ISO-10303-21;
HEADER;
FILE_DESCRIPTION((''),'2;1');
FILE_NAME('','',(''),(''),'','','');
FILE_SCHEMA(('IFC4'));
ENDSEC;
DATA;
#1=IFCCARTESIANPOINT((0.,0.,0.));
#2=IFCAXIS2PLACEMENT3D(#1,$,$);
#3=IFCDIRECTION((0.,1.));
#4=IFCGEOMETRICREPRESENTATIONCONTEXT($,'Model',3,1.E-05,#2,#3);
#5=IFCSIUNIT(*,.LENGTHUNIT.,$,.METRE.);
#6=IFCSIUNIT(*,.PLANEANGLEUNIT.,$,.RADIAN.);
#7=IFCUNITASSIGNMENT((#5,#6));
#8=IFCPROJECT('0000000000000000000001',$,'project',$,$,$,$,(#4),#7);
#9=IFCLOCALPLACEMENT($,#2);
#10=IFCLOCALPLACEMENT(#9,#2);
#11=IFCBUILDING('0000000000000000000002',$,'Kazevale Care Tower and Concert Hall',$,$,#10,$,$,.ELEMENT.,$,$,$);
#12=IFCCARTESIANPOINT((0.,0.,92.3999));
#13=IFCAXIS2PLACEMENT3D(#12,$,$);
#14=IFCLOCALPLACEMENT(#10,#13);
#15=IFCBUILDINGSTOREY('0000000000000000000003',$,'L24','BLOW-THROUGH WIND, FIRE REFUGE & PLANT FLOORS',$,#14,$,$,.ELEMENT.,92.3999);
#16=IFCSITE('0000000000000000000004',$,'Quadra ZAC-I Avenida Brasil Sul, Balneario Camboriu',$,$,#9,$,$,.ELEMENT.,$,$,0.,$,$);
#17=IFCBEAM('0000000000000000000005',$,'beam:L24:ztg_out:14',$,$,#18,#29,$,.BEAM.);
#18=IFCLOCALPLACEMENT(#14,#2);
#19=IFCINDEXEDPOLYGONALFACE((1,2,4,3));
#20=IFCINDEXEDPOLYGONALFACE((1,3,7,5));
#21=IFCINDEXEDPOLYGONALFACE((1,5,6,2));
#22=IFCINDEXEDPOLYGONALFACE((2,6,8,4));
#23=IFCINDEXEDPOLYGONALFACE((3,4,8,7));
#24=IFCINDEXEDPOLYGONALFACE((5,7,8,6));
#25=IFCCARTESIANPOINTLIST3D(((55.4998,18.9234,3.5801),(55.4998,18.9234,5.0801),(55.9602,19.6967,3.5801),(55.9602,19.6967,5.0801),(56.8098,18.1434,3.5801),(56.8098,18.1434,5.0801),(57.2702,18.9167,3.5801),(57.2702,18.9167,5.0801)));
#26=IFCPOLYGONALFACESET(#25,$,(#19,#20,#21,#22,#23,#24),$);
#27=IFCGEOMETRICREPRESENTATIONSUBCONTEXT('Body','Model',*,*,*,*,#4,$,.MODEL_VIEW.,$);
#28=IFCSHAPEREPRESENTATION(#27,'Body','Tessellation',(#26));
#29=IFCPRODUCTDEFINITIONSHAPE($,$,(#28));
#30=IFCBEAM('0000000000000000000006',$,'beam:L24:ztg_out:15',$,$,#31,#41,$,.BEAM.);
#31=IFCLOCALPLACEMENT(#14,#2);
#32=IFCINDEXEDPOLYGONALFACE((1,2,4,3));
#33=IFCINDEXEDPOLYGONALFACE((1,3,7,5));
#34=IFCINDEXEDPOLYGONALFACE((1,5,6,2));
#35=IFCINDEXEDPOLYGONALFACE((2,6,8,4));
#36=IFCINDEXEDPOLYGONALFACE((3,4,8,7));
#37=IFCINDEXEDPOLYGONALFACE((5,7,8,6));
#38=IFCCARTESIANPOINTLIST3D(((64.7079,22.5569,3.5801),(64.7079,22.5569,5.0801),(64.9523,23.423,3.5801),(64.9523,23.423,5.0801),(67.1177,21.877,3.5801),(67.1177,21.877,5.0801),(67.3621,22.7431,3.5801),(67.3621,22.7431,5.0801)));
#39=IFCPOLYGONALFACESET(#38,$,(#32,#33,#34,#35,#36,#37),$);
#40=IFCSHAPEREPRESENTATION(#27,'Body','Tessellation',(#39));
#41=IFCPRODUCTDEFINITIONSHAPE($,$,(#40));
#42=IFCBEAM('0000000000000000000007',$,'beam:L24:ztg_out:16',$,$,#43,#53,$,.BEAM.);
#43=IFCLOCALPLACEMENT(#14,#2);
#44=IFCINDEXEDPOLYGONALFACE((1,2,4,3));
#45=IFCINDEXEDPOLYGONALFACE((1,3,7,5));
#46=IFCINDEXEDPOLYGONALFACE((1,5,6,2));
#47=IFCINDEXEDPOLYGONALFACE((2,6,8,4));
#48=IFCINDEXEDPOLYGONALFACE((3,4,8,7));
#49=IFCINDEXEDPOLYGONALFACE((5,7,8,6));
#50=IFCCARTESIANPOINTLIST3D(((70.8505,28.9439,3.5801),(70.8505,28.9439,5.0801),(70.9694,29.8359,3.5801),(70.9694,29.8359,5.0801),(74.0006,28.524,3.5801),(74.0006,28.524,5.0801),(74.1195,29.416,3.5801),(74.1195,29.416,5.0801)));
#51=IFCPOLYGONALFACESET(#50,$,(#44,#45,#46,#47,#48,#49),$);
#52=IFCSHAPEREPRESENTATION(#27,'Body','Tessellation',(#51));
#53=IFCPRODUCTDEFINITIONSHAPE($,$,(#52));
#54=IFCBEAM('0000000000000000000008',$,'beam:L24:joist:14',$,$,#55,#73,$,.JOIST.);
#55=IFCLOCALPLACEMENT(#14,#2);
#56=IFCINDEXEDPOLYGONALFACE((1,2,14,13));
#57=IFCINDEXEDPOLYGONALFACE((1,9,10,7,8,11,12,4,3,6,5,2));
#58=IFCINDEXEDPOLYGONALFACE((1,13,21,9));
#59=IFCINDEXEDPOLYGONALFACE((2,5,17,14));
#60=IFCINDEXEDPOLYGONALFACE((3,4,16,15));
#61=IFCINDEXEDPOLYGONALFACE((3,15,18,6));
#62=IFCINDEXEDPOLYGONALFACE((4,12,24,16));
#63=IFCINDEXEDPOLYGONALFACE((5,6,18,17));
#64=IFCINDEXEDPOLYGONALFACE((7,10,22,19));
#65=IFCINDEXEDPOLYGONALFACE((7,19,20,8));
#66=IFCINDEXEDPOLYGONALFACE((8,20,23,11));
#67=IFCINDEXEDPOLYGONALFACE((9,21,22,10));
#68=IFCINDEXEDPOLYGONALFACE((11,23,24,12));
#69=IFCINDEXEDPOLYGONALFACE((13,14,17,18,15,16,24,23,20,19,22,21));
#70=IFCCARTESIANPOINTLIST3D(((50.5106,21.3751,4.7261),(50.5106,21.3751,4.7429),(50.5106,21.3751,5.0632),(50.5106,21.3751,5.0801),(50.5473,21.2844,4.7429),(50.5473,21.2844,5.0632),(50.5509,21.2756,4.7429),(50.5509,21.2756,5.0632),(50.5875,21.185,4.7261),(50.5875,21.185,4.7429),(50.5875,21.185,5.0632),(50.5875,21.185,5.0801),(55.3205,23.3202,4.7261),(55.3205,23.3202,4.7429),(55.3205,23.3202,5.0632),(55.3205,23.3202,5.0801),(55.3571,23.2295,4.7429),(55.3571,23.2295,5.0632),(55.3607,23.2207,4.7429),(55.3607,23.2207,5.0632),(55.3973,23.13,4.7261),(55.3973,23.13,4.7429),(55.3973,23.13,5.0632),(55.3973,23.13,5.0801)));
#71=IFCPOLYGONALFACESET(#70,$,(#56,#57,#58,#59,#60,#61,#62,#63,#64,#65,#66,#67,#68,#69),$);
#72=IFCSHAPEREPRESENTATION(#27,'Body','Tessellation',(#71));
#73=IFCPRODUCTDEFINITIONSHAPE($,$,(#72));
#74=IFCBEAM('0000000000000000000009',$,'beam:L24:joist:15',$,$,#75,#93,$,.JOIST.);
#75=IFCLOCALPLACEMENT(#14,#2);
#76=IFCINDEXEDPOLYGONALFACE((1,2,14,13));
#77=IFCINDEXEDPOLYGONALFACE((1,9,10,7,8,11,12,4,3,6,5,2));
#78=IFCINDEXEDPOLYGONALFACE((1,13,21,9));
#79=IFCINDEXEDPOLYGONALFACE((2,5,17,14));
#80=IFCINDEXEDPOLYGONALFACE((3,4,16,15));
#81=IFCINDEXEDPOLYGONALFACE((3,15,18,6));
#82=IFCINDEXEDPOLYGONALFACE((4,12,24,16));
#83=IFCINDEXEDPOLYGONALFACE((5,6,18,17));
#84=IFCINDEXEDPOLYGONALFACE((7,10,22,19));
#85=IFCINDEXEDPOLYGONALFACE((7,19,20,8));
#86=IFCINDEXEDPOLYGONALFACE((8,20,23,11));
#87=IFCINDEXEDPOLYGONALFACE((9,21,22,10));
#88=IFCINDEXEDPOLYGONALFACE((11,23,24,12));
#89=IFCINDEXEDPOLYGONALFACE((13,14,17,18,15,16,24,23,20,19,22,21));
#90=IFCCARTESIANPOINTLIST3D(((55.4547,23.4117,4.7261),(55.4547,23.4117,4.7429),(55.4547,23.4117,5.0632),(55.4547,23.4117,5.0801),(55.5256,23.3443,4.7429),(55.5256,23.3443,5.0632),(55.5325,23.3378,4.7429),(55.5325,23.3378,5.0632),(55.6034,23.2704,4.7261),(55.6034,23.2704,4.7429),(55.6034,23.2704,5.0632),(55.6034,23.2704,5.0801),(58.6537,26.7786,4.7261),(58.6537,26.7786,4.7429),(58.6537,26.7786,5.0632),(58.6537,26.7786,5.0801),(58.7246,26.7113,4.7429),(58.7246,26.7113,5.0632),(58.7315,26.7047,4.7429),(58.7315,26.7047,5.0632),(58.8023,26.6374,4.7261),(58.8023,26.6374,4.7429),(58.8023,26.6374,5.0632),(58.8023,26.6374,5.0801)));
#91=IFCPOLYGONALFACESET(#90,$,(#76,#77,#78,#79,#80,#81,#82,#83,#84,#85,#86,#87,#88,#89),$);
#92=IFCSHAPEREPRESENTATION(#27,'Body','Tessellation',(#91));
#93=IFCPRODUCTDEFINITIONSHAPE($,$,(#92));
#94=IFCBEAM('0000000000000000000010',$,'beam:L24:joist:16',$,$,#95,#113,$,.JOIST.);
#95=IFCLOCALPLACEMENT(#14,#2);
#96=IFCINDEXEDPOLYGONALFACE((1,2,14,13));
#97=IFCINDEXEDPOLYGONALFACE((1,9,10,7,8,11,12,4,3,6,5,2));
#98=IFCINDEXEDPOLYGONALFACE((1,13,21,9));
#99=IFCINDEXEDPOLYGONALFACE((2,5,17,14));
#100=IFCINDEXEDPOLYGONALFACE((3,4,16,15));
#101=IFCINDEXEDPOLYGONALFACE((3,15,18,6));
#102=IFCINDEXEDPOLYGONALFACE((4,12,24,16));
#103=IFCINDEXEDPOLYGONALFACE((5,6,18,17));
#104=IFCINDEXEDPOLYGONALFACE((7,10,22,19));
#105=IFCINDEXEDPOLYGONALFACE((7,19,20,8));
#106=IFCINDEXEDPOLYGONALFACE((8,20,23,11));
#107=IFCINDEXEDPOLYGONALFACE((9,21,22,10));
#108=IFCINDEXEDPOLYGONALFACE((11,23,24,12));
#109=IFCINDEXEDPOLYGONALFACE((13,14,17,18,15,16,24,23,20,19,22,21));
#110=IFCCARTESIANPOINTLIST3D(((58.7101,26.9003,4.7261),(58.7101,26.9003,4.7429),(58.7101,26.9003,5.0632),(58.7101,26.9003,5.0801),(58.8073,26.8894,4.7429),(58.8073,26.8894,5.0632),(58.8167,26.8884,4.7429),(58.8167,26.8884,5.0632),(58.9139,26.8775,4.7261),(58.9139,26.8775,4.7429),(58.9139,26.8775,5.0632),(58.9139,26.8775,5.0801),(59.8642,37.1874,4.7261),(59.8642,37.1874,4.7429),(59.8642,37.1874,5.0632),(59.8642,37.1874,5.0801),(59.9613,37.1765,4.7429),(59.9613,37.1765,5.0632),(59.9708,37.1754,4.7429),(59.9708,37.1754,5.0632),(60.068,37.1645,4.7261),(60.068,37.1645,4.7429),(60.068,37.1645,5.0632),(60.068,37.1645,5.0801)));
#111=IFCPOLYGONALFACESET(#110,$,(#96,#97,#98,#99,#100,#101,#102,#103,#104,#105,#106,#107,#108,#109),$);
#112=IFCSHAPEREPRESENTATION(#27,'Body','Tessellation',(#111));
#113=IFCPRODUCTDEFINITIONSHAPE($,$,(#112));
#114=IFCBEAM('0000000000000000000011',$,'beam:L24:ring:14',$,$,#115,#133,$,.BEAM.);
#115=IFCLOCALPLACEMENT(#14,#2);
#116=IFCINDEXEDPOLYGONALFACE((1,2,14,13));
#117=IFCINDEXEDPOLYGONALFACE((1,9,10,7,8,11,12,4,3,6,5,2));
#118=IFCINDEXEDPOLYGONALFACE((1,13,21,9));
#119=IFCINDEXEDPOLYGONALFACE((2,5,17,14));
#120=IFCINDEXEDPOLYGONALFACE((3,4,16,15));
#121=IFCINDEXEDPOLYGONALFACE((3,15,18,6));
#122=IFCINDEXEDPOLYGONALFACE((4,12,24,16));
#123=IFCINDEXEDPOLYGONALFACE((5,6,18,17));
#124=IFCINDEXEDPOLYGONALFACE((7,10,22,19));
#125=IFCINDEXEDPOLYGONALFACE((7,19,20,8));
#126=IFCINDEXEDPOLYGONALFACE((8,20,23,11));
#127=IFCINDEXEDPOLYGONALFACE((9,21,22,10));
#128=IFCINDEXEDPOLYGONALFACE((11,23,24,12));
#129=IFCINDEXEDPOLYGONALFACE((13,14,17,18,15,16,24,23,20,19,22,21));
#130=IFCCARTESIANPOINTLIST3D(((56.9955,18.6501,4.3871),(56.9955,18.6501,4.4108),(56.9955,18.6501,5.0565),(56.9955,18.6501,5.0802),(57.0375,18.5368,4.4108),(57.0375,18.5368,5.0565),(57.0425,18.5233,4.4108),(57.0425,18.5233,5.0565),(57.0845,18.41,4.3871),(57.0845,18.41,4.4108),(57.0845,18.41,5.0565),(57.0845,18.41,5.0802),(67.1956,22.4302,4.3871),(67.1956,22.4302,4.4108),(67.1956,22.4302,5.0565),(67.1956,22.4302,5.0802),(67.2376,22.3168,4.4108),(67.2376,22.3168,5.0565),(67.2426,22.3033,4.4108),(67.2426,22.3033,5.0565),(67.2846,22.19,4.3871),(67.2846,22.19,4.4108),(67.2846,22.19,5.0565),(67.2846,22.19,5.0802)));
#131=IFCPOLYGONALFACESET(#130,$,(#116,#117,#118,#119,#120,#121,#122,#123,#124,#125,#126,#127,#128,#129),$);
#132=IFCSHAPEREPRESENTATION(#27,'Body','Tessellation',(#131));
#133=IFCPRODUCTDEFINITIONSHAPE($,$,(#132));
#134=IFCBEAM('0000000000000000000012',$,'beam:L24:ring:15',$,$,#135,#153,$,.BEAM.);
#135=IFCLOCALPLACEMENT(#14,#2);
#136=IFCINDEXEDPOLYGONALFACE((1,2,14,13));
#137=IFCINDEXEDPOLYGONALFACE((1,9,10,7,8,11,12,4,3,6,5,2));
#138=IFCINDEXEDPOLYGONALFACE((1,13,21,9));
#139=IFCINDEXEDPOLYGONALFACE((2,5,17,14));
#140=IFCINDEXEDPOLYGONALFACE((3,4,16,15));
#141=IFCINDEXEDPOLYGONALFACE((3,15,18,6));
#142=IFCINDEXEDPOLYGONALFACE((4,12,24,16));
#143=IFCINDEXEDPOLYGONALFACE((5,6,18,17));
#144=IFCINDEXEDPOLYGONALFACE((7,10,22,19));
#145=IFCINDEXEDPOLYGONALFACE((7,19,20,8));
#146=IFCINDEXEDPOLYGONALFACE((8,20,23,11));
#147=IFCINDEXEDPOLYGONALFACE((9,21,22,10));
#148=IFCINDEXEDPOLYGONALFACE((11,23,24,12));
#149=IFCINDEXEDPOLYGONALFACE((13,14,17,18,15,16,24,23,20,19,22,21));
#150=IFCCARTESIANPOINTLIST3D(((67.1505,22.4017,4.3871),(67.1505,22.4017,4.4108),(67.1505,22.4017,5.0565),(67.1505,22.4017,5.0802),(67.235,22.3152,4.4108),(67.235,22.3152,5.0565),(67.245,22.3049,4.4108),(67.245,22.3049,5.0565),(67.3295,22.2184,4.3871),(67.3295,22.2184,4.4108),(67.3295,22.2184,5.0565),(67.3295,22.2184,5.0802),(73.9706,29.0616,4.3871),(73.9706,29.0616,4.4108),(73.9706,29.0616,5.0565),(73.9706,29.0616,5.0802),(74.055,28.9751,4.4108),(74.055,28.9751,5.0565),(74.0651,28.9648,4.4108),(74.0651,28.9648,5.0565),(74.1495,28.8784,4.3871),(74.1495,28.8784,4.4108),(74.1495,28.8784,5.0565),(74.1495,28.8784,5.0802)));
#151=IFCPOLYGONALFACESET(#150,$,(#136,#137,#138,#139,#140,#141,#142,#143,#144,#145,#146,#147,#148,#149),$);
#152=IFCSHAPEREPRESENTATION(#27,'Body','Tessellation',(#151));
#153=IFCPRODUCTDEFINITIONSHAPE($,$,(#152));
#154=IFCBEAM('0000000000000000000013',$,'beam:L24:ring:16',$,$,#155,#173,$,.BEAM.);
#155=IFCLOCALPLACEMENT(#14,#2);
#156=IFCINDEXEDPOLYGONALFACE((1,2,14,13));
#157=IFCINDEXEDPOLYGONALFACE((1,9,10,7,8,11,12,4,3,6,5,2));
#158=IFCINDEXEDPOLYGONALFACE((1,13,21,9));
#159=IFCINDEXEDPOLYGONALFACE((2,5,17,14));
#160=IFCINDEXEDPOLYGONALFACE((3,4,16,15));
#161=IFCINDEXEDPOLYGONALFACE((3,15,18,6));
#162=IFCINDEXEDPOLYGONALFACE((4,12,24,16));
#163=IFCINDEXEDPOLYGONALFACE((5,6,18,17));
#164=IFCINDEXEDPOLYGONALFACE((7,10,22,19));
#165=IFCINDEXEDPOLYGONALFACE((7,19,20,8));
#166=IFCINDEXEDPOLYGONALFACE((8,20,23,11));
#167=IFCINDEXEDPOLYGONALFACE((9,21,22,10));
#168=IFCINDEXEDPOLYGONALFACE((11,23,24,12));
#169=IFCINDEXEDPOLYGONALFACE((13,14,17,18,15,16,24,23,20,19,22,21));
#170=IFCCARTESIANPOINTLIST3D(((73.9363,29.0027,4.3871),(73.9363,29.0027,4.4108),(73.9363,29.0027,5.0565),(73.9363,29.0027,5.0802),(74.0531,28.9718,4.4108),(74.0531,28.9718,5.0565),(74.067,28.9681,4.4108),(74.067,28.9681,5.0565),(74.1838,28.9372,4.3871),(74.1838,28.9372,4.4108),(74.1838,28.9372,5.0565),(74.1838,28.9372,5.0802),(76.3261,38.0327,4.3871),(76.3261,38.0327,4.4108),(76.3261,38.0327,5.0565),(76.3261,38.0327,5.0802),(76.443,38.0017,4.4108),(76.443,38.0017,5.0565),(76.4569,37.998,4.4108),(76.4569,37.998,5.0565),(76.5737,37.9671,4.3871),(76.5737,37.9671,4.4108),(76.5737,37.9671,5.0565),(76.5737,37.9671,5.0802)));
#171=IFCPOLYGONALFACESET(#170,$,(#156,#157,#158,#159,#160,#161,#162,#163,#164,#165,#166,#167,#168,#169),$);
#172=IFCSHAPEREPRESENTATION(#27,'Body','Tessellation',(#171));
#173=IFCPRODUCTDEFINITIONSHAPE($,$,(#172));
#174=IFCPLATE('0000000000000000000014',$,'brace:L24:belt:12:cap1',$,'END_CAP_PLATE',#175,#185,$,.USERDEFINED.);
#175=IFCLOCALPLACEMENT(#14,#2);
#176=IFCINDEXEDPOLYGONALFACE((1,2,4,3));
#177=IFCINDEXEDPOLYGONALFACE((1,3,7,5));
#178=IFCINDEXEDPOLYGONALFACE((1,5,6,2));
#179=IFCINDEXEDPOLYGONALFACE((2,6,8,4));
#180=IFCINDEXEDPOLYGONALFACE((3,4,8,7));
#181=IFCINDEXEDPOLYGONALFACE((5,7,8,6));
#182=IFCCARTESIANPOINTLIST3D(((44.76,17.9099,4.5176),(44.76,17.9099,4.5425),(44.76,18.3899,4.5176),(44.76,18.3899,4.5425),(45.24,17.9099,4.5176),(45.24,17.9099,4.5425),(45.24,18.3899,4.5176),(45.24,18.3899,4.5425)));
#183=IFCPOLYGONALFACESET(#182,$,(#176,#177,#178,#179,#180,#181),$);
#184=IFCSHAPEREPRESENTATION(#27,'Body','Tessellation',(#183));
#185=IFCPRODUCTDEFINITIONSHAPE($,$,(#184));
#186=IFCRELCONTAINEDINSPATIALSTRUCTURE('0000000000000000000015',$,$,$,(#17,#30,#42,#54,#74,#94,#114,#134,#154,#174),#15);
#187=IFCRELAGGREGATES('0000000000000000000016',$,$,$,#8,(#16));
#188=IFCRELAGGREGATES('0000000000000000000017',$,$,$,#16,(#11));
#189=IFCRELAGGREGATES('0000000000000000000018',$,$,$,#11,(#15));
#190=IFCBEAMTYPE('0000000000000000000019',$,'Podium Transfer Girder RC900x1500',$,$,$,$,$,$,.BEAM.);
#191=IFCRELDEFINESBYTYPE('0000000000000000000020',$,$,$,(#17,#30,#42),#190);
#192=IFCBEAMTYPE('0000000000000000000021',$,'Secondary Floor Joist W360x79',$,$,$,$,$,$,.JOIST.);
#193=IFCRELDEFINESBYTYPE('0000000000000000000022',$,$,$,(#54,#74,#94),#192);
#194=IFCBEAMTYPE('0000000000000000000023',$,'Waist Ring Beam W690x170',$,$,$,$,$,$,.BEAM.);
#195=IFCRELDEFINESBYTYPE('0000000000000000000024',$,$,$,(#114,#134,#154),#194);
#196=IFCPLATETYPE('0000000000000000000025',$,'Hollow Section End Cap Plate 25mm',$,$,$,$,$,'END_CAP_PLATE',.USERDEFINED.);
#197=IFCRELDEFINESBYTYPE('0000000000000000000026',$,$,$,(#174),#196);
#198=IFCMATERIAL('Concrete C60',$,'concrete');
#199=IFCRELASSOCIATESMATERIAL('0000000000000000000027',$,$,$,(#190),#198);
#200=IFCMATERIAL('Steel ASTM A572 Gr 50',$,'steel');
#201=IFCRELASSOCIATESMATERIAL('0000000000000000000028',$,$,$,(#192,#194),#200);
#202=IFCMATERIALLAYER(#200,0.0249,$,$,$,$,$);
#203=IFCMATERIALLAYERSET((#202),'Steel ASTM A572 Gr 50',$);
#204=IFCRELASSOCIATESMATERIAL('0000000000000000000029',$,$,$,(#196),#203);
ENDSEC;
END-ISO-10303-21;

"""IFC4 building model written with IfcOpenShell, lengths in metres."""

from ifc_helpers import new_model, si_unit, direction, frame, origin, origin_2d, place, context, subcontext, project, spatial, rectangle, i_section, extrude, material, layer, layer_set, material_profile, profile_set, type_object, element, save


model = new_model("IFC4")

# Units and contexts
model_context = context("Model", 3, precision=1e-05, world=origin(), true_north=direction((0.0, 1.0)))
body_context = subcontext(model_context, "Body", "Model", "MODEL_VIEW")
ifc_project = project(units=[si_unit("LENGTHUNIT", "METRE"), si_unit("PLANEANGLEUNIT", "RADIAN")], contexts=[model_context])

# Site, building, storey
site_placement = place(None, origin())
site = spatial("IfcSite", under=ifc_project, at=site_placement, Name="Quadra ZAC-I Avenida Brasil Sul, Balneario Camboriu", CompositionType="ELEMENT", RefElevation=0.0)
building_placement = place(site_placement, origin())
building = spatial("IfcBuilding", under=site, at=building_placement, Name="Kazevale Care Tower and Concert Hall", CompositionType="ELEMENT")
storey_placement = place(building_placement, frame((0.0, 0.0, 92.3999)))
storey = spatial("IfcBuildingStorey", under=building, at=storey_placement, Name="L24", Description="BLOW-THROUGH WIND, FIRE REFUGE & PLANT FLOORS", CompositionType="ELEMENT", Elevation=92.3999)

# Shared definitions
ifc_material_1 = material(Name="Steel ASTM A572 Gr 50", Category="steel")

# Beams
ifc_material_2 = material(Name="Concrete C60", Category="concrete")
ifc_material_profile_1 = material_profile(ifc_material_2, rectangle(XDim=0.8999, YDim=1.5, at=origin_2d()), Name="RC-TG900x1500")
ifc_profile_set_1 = profile_set([ifc_material_profile_1], Name="Concrete C60")
beam_type_1 = type_object("IfcBeamType", Name="Podium Transfer Girder RC900x1500", PredefinedType="BEAM", material=ifc_profile_set_1)
beam_1_placement = place(storey_placement, frame((55.73, 19.3101, 4.3301), z_axis=(0.859226, -0.511596, 0.0), x_axis=(0.511596, 0.859226, 0.0)))
element("IfcBeam", 1, at=beam_1_placement, inside=storey, type_object=beam_type_1, Name="beam:L24:ztg_out:14", PredefinedType="BEAM", context=body_context, shape_type="SweptSolid", body=[
    extrude(rectangle(XDim=0.8999, YDim=1.5, at=origin_2d()), origin(), (0.0, 0.0, 1.0), 1.5247),
])
beam_2_placement = place(storey_placement, frame((64.8301, 22.99, 4.3301), z_axis=(0.962427, -0.271539, 0.0), x_axis=(0.271539, 0.962427, 0.0)))
element("IfcBeam", 2, at=beam_2_placement, inside=storey, type_object=beam_type_1, Name="beam:L24:ztg_out:15", PredefinedType="BEAM", context=body_context, shape_type="SweptSolid", body=[
    extrude(rectangle(XDim=0.8999, YDim=1.5, at=origin_2d()), origin(), (0.0, 0.0, 1.0), 2.5039),
])
beam_3_placement = place(storey_placement, frame((70.9099, 29.3899, 4.3301), z_axis=(0.991232, -0.132134, 0.0), x_axis=(0.132134, 0.991232, 0.0)))
element("IfcBeam", 3, at=beam_3_placement, inside=storey, type_object=beam_type_1, Name="beam:L24:ztg_out:16", PredefinedType="BEAM", context=body_context, shape_type="SweptSolid", body=[
    extrude(rectangle(XDim=0.8999, YDim=1.5, at=origin_2d()), origin(), (0.0, 0.0, 1.0), 3.178),
])
ifc_material_profile_2 = material_profile(ifc_material_1, i_section(OverallWidth=0.2051, OverallDepth=0.354, WebThickness=0.0095, FlangeThickness=0.0168, at=origin_2d()), Name="W360x79")
ifc_profile_set_2 = profile_set([ifc_material_profile_2], Name="Steel ASTM A572 Gr 50")
beam_type_2 = type_object("IfcBeamType", Name="Secondary Floor Joist W360x79", PredefinedType="JOIST", material=ifc_profile_set_2)
beam_4_placement = place(storey_placement, frame((50.5491, 21.28, 4.9031), z_axis=(0.927065, 0.374901, 0.0), x_axis=(-0.374901, 0.927065, 0.0)))
element("IfcBeam", 4, at=beam_4_placement, inside=storey, type_object=beam_type_2, Name="beam:L24:joist:14", PredefinedType="JOIST", context=body_context, shape_type="SweptSolid", body=[
    extrude(i_section(OverallWidth=0.2051, OverallDepth=0.354, WebThickness=0.0095, FlangeThickness=0.0168, at=origin_2d()), origin(), (0.0, 0.0, 1.0), 5.1882),
])
beam_5_placement = place(storey_placement, frame((55.5291, 23.3411, 4.9031), z_axis=(0.688792, 0.724959, 0.0), x_axis=(-0.724959, 0.688792, 0.0)))
element("IfcBeam", 5, at=beam_5_placement, inside=storey, type_object=beam_type_2, Name="beam:L24:joist:15", PredefinedType="JOIST", context=body_context, shape_type="SweptSolid", body=[
    extrude(i_section(OverallWidth=0.2051, OverallDepth=0.354, WebThickness=0.0095, FlangeThickness=0.0168, at=origin_2d()), origin(), (0.0, 0.0, 1.0), 4.6443),
])
beam_6_placement = place(storey_placement, frame((58.812, 26.8889, 4.9031), z_axis=(0.111485, 0.993766, 0.0), x_axis=(-0.993766, 0.111485, 0.0)))
element("IfcBeam", 6, at=beam_6_placement, inside=storey, type_object=beam_type_2, Name="beam:L24:joist:16", PredefinedType="JOIST", context=body_context, shape_type="SweptSolid", body=[
    extrude(i_section(OverallWidth=0.2051, OverallDepth=0.354, WebThickness=0.0095, FlangeThickness=0.0168, at=origin_2d()), origin(), (0.0, 0.0, 1.0), 10.3516),
])
ifc_material_profile_3 = material_profile(ifc_material_1, i_section(OverallWidth=0.2561, OverallDepth=0.6931, WebThickness=0.0144, FlangeThickness=0.0237, at=origin_2d()), Name="W690x170")
ifc_profile_set_3 = profile_set([ifc_material_profile_3], Name="Steel ASTM A572 Gr 50")
beam_type_3 = type_object("IfcBeamType", Name="Waist Ring Beam W690x170", PredefinedType="BEAM", material=ifc_profile_set_3)
beam_7_placement = place(storey_placement, frame((57.04, 18.53, 4.7336), z_axis=(0.937681, 0.347498, 0.0), x_axis=(-0.347498, 0.937681, 0.0)))
element("IfcBeam", 7, at=beam_7_placement, inside=storey, type_object=beam_type_3, Name="beam:L24:ring:14", PredefinedType="BEAM", context=body_context, shape_type="SweptSolid", body=[
    extrude(i_section(OverallWidth=0.2561, OverallDepth=0.6931, WebThickness=0.0144, FlangeThickness=0.0237, at=origin_2d()), origin(), (0.0, 0.0, 1.0), 10.8779),
])
beam_8_placement = place(storey_placement, frame((67.24, 22.3101, 4.7336), z_axis=(0.715457, 0.698656, 0.0), x_axis=(-0.698656, 0.715457, 0.0)))
element("IfcBeam", 8, at=beam_8_placement, inside=storey, type_object=beam_type_3, Name="beam:L24:ring:15", PredefinedType="BEAM", context=body_context, shape_type="SweptSolid", body=[
    extrude(i_section(OverallWidth=0.2561, OverallDepth=0.6931, WebThickness=0.0144, FlangeThickness=0.0237, at=origin_2d()), origin(), (0.0, 0.0, 1.0), 9.5325),
])
beam_9_placement = place(storey_placement, frame((74.0601, 28.97, 4.7336), z_axis=(0.255852, 0.966716, 0.0), x_axis=(-0.966716, 0.255852, 0.0)))
element("IfcBeam", 9, at=beam_9_placement, inside=storey, type_object=beam_type_3, Name="beam:L24:ring:16", PredefinedType="BEAM", context=body_context, shape_type="SweptSolid", body=[
    extrude(i_section(OverallWidth=0.2561, OverallDepth=0.6931, WebThickness=0.0144, FlangeThickness=0.0237, at=origin_2d()), origin(), (0.0, 0.0, 1.0), 9.3408),
])

# Plate
ifc_layer_1 = layer(ifc_material_1, 0.0249)
ifc_layer_set_1 = layer_set([ifc_layer_1], Name="Steel ASTM A572 Gr 50")
plate_type_1 = type_object("IfcPlateType", Name="Hollow Section End Cap Plate 25mm", ElementType="END_CAP_PLATE", PredefinedType="USERDEFINED", material=ifc_layer_set_1)
for number, where, z_axis, x_axis, name in (
    (10, (45.0, 18.1499, 4.5176), (0.0, 0.0, 1.0), (1.0, 0.0, 0.0), "brace:L24:belt:12:cap1"),
):
    element("IfcPlate", number, at=place(storey_placement, frame(where, z_axis=z_axis, x_axis=x_axis)), inside=storey, type_object=plate_type_1, Name=name, ObjectType="END_CAP_PLATE", PredefinedType="USERDEFINED", context=body_context, shape_type="SweptSolid", body=[
        extrude(rectangle(XDim=0.48, YDim=0.48, at=origin_2d()), origin(), (0.0, 0.0, 1.0), 0.0249),
    ])

save(model, "model.ifc")
